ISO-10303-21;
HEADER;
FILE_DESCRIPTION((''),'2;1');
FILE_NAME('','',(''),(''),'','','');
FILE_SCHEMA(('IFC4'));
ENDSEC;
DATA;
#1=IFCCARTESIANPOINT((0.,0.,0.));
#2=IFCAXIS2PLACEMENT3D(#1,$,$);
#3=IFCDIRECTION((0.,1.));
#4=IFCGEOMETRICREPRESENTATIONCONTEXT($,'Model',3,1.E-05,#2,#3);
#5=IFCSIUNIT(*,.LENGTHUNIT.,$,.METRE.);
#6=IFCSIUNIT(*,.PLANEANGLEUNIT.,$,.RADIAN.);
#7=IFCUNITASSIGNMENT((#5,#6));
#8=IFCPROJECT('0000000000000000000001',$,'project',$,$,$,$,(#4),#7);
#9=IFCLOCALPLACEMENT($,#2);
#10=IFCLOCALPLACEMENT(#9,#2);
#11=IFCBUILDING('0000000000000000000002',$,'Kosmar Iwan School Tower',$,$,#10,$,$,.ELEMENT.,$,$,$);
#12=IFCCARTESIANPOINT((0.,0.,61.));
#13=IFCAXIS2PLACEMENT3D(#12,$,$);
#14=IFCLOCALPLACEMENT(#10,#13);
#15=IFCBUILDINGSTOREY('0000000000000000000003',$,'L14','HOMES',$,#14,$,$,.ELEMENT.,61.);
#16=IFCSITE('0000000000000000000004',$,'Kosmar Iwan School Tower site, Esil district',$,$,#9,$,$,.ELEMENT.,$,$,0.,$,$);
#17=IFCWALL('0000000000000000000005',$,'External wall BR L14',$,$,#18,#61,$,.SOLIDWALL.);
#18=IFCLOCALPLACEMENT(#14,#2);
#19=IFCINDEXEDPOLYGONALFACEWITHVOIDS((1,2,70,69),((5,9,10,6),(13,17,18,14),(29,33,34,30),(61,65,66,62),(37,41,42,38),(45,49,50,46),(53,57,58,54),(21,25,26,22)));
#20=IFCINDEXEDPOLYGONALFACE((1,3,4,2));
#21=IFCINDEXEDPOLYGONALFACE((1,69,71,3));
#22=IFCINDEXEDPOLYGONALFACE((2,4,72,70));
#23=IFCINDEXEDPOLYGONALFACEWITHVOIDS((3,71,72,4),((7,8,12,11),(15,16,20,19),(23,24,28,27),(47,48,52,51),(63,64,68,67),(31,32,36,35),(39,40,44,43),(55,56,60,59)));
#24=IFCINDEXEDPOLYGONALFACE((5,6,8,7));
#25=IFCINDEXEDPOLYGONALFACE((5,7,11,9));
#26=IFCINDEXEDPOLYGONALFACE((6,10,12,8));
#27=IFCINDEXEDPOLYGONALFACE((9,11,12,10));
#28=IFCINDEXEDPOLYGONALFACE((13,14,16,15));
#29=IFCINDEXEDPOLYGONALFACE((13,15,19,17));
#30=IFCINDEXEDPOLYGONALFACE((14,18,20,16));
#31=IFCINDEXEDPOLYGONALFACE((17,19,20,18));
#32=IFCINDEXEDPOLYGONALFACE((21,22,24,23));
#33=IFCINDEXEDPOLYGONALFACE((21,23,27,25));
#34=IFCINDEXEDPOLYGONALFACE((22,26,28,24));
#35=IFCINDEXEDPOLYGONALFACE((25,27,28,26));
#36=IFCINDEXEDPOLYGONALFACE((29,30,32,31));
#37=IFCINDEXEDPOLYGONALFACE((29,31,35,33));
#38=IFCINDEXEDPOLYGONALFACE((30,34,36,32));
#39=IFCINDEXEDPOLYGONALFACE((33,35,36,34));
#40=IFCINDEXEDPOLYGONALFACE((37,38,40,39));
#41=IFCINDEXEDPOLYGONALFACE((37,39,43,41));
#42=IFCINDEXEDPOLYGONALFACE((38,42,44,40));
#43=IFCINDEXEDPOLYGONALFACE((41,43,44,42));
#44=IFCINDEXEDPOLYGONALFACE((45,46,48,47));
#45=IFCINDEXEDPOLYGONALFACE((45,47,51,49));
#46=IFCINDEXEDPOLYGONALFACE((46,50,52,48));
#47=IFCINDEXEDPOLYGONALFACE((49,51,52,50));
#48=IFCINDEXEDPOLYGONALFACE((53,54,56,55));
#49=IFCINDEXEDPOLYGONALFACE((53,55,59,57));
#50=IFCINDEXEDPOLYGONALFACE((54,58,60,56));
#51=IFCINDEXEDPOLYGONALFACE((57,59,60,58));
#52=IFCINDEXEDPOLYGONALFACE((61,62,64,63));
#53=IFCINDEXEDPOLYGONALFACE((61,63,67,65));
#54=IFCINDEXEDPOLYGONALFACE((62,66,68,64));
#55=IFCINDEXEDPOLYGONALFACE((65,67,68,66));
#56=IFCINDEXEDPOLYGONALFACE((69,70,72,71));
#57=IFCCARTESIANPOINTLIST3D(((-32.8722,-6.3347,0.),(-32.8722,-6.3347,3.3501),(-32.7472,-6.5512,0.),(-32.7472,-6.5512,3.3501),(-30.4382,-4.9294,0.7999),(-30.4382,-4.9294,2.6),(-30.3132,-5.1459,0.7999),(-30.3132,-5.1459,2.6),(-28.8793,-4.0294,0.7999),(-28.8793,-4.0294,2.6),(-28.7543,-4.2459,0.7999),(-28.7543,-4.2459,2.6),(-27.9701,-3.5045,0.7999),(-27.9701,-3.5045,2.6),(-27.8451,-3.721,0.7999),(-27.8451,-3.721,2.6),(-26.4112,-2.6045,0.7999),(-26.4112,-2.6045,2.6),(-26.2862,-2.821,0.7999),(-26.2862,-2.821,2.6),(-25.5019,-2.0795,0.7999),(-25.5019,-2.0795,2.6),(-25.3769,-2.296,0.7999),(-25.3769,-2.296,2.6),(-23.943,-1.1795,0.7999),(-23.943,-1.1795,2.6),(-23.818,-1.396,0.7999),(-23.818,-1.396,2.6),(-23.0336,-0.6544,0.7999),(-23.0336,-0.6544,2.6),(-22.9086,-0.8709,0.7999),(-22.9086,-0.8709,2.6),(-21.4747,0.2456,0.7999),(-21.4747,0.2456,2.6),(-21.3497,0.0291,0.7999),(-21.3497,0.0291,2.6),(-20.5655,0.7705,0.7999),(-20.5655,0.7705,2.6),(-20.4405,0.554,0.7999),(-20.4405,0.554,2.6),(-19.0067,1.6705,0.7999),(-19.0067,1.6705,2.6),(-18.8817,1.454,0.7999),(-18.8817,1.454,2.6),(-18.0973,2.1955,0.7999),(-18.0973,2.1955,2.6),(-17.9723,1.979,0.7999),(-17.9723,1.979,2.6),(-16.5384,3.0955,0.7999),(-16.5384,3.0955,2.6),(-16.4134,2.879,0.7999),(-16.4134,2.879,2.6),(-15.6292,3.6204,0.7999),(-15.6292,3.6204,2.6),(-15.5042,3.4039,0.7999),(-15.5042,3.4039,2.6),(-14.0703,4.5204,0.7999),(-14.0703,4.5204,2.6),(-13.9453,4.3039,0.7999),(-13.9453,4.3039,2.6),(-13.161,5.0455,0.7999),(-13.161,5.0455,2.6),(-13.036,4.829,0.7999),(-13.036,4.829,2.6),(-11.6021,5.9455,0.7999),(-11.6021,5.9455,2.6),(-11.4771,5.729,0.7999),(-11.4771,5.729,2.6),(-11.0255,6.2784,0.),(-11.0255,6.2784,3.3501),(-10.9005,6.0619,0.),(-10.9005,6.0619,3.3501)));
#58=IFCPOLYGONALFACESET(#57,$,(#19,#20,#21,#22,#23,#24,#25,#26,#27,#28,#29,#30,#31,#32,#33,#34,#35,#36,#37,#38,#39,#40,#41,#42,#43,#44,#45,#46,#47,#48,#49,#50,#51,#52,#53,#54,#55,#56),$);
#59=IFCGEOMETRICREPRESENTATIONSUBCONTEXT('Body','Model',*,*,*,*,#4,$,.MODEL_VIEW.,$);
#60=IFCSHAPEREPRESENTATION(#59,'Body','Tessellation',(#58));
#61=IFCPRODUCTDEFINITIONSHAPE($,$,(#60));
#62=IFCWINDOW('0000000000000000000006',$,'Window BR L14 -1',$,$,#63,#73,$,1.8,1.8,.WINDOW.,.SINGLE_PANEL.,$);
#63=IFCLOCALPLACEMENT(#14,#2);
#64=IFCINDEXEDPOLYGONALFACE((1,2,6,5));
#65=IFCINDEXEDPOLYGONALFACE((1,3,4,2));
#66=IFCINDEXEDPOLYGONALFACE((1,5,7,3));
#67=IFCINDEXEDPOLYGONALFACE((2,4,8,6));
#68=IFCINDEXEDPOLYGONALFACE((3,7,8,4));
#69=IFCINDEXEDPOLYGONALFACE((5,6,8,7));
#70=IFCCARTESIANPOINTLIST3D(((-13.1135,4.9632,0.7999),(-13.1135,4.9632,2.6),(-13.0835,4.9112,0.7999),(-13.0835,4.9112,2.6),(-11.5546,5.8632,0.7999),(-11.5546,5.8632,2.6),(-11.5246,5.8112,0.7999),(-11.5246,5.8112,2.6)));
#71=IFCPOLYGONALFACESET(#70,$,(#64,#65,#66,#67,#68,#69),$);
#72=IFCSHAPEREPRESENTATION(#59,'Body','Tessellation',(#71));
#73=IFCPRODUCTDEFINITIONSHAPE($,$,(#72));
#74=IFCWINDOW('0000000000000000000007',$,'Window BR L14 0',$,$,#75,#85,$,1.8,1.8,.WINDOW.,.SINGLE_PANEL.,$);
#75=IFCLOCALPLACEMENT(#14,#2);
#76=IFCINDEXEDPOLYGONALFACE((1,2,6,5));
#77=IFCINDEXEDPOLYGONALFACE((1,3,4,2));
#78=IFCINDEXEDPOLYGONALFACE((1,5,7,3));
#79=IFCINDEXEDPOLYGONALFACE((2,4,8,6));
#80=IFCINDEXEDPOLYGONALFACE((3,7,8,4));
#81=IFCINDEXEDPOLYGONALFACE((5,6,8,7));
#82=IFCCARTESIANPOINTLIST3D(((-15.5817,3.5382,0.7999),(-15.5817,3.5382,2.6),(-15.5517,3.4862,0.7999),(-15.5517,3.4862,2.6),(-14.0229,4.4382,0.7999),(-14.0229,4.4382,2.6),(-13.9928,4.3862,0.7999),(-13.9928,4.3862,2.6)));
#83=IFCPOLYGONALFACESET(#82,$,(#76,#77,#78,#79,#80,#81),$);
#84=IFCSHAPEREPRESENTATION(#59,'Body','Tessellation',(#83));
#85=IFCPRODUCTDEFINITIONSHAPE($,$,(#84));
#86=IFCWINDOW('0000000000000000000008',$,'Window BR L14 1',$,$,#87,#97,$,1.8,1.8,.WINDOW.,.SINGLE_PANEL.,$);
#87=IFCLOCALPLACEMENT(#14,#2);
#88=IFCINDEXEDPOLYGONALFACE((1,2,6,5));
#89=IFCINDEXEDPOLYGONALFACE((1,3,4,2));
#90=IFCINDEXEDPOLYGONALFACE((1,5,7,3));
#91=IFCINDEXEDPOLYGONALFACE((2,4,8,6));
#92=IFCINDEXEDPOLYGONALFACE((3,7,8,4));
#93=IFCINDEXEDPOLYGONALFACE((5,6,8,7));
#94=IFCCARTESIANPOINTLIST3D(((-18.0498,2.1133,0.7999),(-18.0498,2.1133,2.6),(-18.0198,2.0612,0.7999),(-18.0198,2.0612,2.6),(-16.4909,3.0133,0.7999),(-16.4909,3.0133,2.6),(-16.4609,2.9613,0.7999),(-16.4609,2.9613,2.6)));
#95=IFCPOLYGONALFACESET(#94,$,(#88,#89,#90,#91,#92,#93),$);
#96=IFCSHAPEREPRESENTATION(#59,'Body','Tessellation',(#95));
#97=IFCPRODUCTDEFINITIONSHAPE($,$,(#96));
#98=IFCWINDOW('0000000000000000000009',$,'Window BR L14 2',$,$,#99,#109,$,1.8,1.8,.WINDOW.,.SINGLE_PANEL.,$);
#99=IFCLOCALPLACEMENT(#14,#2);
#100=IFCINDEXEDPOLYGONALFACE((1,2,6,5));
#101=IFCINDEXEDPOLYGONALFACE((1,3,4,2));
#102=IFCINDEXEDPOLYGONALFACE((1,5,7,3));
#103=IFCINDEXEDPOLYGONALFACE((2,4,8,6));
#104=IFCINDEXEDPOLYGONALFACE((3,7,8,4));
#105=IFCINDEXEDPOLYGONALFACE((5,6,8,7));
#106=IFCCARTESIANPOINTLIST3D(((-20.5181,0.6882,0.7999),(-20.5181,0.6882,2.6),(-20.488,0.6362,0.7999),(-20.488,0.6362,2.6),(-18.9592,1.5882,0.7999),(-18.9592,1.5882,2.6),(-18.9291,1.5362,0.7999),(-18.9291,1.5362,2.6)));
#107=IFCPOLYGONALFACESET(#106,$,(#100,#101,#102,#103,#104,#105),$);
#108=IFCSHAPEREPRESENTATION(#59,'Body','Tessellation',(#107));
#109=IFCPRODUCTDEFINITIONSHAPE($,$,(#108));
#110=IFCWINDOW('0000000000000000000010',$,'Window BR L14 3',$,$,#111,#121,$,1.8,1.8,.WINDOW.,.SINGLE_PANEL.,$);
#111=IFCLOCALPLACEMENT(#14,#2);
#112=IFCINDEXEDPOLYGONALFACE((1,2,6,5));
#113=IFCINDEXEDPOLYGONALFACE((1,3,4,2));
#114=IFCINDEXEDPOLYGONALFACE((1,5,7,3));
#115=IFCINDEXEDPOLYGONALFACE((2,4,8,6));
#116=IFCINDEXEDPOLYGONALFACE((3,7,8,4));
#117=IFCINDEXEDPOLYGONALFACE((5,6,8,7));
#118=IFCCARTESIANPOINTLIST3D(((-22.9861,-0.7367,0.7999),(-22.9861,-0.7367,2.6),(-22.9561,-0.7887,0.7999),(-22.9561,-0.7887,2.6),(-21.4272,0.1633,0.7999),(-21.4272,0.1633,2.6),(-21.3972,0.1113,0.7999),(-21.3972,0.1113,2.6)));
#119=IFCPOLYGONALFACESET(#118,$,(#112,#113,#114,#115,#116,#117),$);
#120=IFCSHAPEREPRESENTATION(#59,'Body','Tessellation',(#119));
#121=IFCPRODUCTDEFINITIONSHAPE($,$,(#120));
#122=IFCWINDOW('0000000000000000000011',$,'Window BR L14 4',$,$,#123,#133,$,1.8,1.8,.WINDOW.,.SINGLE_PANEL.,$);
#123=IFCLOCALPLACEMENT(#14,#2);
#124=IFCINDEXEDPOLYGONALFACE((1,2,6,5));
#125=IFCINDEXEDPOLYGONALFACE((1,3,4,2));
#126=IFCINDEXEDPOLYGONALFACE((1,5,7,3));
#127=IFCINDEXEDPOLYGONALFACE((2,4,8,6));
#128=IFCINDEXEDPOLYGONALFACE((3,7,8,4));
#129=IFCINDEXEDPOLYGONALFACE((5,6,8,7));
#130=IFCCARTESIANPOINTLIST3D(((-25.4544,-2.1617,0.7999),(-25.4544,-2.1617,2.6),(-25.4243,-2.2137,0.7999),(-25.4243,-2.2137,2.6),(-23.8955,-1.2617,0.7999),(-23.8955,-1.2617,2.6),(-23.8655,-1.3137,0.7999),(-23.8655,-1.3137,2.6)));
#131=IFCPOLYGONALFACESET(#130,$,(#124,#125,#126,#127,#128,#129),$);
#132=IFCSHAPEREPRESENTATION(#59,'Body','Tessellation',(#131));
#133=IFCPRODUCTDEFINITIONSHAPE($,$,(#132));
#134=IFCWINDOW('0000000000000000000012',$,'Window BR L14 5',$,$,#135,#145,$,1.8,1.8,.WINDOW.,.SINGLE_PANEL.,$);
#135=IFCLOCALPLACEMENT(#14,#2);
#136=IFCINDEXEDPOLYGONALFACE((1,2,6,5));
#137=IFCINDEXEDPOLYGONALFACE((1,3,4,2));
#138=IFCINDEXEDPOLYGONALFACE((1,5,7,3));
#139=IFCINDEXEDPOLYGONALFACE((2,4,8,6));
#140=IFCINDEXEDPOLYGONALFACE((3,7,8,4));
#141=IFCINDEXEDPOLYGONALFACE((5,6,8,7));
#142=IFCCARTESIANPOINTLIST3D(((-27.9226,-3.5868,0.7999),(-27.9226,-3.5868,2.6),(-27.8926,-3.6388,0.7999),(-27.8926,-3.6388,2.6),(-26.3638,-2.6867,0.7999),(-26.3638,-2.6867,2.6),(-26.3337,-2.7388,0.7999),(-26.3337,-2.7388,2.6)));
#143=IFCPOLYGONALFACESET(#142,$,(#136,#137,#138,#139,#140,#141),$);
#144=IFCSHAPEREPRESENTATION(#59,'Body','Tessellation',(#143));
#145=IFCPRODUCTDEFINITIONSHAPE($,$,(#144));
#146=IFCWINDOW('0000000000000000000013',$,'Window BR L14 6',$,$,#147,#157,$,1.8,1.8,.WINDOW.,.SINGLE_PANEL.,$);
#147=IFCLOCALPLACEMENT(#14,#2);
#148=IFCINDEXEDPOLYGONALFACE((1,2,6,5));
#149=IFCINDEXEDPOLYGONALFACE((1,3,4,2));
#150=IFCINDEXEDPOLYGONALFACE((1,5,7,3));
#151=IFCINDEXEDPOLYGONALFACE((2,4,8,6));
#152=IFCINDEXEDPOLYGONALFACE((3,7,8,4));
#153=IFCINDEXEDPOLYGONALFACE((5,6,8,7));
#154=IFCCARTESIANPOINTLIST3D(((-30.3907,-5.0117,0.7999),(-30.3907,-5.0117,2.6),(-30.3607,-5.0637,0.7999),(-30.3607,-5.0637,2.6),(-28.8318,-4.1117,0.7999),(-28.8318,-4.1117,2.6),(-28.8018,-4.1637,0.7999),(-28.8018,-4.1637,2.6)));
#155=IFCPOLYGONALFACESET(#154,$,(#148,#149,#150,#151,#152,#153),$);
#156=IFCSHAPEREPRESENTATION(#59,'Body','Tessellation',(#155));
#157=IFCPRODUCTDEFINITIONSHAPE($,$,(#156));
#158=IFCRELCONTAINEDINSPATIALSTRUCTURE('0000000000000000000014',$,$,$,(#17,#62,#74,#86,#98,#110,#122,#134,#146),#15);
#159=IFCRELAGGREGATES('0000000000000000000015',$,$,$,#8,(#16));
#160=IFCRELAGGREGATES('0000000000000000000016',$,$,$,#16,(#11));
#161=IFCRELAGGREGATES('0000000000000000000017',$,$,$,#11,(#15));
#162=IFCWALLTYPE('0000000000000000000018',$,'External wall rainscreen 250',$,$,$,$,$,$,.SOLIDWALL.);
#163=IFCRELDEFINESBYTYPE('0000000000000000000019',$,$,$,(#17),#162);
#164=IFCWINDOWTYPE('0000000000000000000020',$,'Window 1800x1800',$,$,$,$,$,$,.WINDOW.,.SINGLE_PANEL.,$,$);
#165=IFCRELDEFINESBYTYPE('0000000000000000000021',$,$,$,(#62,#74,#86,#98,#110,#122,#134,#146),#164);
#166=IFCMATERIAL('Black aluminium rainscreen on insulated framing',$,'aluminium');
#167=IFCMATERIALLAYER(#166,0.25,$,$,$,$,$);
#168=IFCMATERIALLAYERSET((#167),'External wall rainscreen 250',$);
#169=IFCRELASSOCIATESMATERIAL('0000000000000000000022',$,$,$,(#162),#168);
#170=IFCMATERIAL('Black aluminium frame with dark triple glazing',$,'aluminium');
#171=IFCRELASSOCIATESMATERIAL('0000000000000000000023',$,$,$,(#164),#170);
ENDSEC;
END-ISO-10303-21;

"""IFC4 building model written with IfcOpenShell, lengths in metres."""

from ifc_helpers import new_model, si_unit, direction, frame, frame_2d, origin, place, context, subcontext, project, spatial, rectangle, extrude, material, layer, layer_set, type_object, element, fill, save


model = new_model("IFC4")

# Units and contexts
model_context = context("Model", 3, precision=1e-05, world=origin(), true_north=direction((0.0, 1.0)))
body_context = subcontext(model_context, "Body", "Model", "MODEL_VIEW")
ifc_project = project(units=[si_unit("LENGTHUNIT", "METRE"), si_unit("PLANEANGLEUNIT", "RADIAN")], contexts=[model_context])

# Site, building, storey
site_placement = place(None, origin())
site = spatial("IfcSite", under=ifc_project, at=site_placement, Name="Kosmar Iwan School Tower site, Esil district", CompositionType="ELEMENT", RefElevation=0.0)
building_placement = place(site_placement, origin())
building = spatial("IfcBuilding", under=site, at=building_placement, Name="Kosmar Iwan School Tower", CompositionType="ELEMENT")
storey_placement = place(building_placement, frame((0.0, 0.0, 61.0)))
storey = spatial("IfcBuildingStorey", under=building, at=storey_placement, Name="L14", Description="HOMES", CompositionType="ELEMENT", Elevation=61.0)

# Wall, openings, windows
ifc_material_1 = material(Name="Black aluminium rainscreen on insulated framing", Category="aluminium")
ifc_layer = layer(ifc_material_1, 0.25)
ifc_layer_set = layer_set([ifc_layer], Name="External wall rainscreen 250")
wall_type = type_object("IfcWallType", Name="External wall rainscreen 250", PredefinedType="SOLIDWALL", material=ifc_layer_set)
ifc_material_2 = material(Name="Black aluminium frame with dark triple glazing", Category="aluminium")
window_type = type_object("IfcWindowType", Name="Window 1800x1800", PartitioningType="SINGLE_PANEL", PredefinedType="WINDOW", material=ifc_material_2)
wall_1_placement = place(storey_placement, frame((-10.9629, 6.1702, 0.0), z_axis=(0.0, 0.0, 1.0), x_axis=(-0.866028, -0.499996, 0.0)))
wall_1 = element("IfcWall", 1, at=wall_1_placement, inside=storey, type_object=wall_type, Name="External wall BR L14", PredefinedType="SOLIDWALL", context=body_context, shape_type="SweptSolid", body=[
    extrude(rectangle(XDim=25.2263, YDim=0.25, at=frame_2d((12.6133, 0.0))), origin(), (0.0, 0.0, 1.0), 3.3501),
])
opening_1_placement = place(wall_1_placement, frame((0.666, 0.0, 0.8)))
opening_1 = element("IfcOpeningElement", 2, at=opening_1_placement, cuts=wall_1, PredefinedType="OPENING", context=body_context, shape_type="SweptSolid", body=[
    extrude(rectangle(XDim=1.8, YDim=1.8, at=frame_2d((0.8999, 0.8999))), frame((0.0, 0.137, 0.0), z_axis=(0.0, -1.0, 0.0), x_axis=(1.0, 0.0, 0.0)), (0.0, 0.0, 1.0), 0.2739),
])
opening_2_placement = place(wall_1_placement, frame((3.5161, 0.0, 0.8)))
opening_2 = element("IfcOpeningElement", 3, at=opening_2_placement, cuts=wall_1, PredefinedType="OPENING", context=body_context, shape_type="SweptSolid", body=[
    extrude(rectangle(XDim=1.8, YDim=1.8, at=frame_2d((0.8999, 0.8999))), frame((0.0, 0.137, 0.0), z_axis=(0.0, -1.0, 0.0), x_axis=(1.0, 0.0, 0.0)), (0.0, 0.0, 1.0), 0.2739),
])
opening_3_placement = place(wall_1_placement, frame((6.366, 0.0, 0.8)))
opening_3 = element("IfcOpeningElement", 4, at=opening_3_placement, cuts=wall_1, PredefinedType="OPENING", context=body_context, shape_type="SweptSolid", body=[
    extrude(rectangle(XDim=1.8, YDim=1.8, at=frame_2d((0.8999, 0.8999))), frame((0.0, 0.137, 0.0), z_axis=(0.0, -1.0, 0.0), x_axis=(1.0, 0.0, 0.0)), (0.0, 0.0, 1.0), 0.2739),
])
opening_4_placement = place(wall_1_placement, frame((9.2161, 0.0, 0.8)))
opening_4 = element("IfcOpeningElement", 5, at=opening_4_placement, cuts=wall_1, PredefinedType="OPENING", context=body_context, shape_type="SweptSolid", body=[
    extrude(rectangle(XDim=1.8, YDim=1.8, at=frame_2d((0.8999, 0.8999))), frame((0.0, 0.137, 0.0), z_axis=(0.0, -1.0, 0.0), x_axis=(1.0, 0.0, 0.0)), (0.0, 0.0, 1.0), 0.2739),
])
opening_5_placement = place(wall_1_placement, frame((12.0659, 0.0, 0.8)))
opening_5 = element("IfcOpeningElement", 6, at=opening_5_placement, cuts=wall_1, PredefinedType="OPENING", context=body_context, shape_type="SweptSolid", body=[
    extrude(rectangle(XDim=1.8, YDim=1.8, at=frame_2d((0.8999, 0.8999))), frame((0.0, 0.137, 0.0), z_axis=(0.0, -1.0, 0.0), x_axis=(1.0, 0.0, 0.0)), (0.0, 0.0, 1.0), 0.2739),
])
opening_6_placement = place(wall_1_placement, frame((14.916, 0.0, 0.8)))
opening_6 = element("IfcOpeningElement", 7, at=opening_6_placement, cuts=wall_1, PredefinedType="OPENING", context=body_context, shape_type="SweptSolid", body=[
    extrude(rectangle(XDim=1.8, YDim=1.8, at=frame_2d((0.8999, 0.8999))), frame((0.0, 0.137, 0.0), z_axis=(0.0, -1.0, 0.0), x_axis=(1.0, 0.0, 0.0)), (0.0, 0.0, 1.0), 0.2739),
])
opening_7_placement = place(wall_1_placement, frame((17.7661, 0.0, 0.8)))
opening_7 = element("IfcOpeningElement", 8, at=opening_7_placement, cuts=wall_1, PredefinedType="OPENING", context=body_context, shape_type="SweptSolid", body=[
    extrude(rectangle(XDim=1.8, YDim=1.8, at=frame_2d((0.8999, 0.8999))), frame((0.0, 0.137, 0.0), z_axis=(0.0, -1.0, 0.0), x_axis=(1.0, 0.0, 0.0)), (0.0, 0.0, 1.0), 0.2739),
])
opening_8_placement = place(wall_1_placement, frame((20.616, 0.0, 0.8)))
opening_8 = element("IfcOpeningElement", 9, at=opening_8_placement, cuts=wall_1, PredefinedType="OPENING", context=body_context, shape_type="SweptSolid", body=[
    extrude(rectangle(XDim=1.8, YDim=1.8, at=frame_2d((0.8999, 0.8999))), frame((0.0, 0.137, 0.0), z_axis=(0.0, -1.0, 0.0), x_axis=(1.0, 0.0, 0.0)), (0.0, 0.0, 1.0), 0.2739),
])
window_1_placement = place(opening_1_placement, origin())
window_1 = element("IfcWindow", 10, at=window_1_placement, inside=storey, type_object=window_type, Name="Window BR L14 -1", OverallHeight=1.8, OverallWidth=1.8, PartitioningType="SINGLE_PANEL", PredefinedType="WINDOW", context=body_context, shape_type="SweptSolid", body=[
    extrude(rectangle(XDim=1.8, YDim=1.8, at=frame_2d((0.8999, 0.8999))), frame((0.0, 0.03, 0.0), z_axis=(0.0, -1.0, 0.0), x_axis=(1.0, 0.0, 0.0)), (0.0, 0.0, 1.0), 0.0601),
])
fill(opening_1, window_1)
window_2_placement = place(opening_2_placement, origin())
window_2 = element("IfcWindow", 11, at=window_2_placement, inside=storey, type_object=window_type, Name="Window BR L14 0", OverallHeight=1.8, OverallWidth=1.8, PartitioningType="SINGLE_PANEL", PredefinedType="WINDOW", context=body_context, shape_type="SweptSolid", body=[
    extrude(rectangle(XDim=1.8, YDim=1.8, at=frame_2d((0.8999, 0.8999))), frame((0.0, 0.03, 0.0), z_axis=(0.0, -1.0, 0.0), x_axis=(1.0, 0.0, 0.0)), (0.0, 0.0, 1.0), 0.0601),
])
fill(opening_2, window_2)
window_3_placement = place(opening_3_placement, origin())
window_3 = element("IfcWindow", 12, at=window_3_placement, inside=storey, type_object=window_type, Name="Window BR L14 1", OverallHeight=1.8, OverallWidth=1.8, PartitioningType="SINGLE_PANEL", PredefinedType="WINDOW", context=body_context, shape_type="SweptSolid", body=[
    extrude(rectangle(XDim=1.8, YDim=1.8, at=frame_2d((0.8999, 0.8999))), frame((0.0, 0.03, 0.0), z_axis=(0.0, -1.0, 0.0), x_axis=(1.0, 0.0, 0.0)), (0.0, 0.0, 1.0), 0.0601),
])
fill(opening_3, window_3)
window_4_placement = place(opening_4_placement, origin())
window_4 = element("IfcWindow", 13, at=window_4_placement, inside=storey, type_object=window_type, Name="Window BR L14 2", OverallHeight=1.8, OverallWidth=1.8, PartitioningType="SINGLE_PANEL", PredefinedType="WINDOW", context=body_context, shape_type="SweptSolid", body=[
    extrude(rectangle(XDim=1.8, YDim=1.8, at=frame_2d((0.8999, 0.8999))), frame((0.0, 0.03, 0.0), z_axis=(0.0, -1.0, 0.0), x_axis=(1.0, 0.0, 0.0)), (0.0, 0.0, 1.0), 0.0601),
])
fill(opening_4, window_4)
window_5_placement = place(opening_5_placement, origin())
window_5 = element("IfcWindow", 14, at=window_5_placement, inside=storey, type_object=window_type, Name="Window BR L14 3", OverallHeight=1.8, OverallWidth=1.8, PartitioningType="SINGLE_PANEL", PredefinedType="WINDOW", context=body_context, shape_type="SweptSolid", body=[
    extrude(rectangle(XDim=1.8, YDim=1.8, at=frame_2d((0.8999, 0.8999))), frame((0.0, 0.03, 0.0), z_axis=(0.0, -1.0, 0.0), x_axis=(1.0, 0.0, 0.0)), (0.0, 0.0, 1.0), 0.0601),
])
fill(opening_5, window_5)
window_6_placement = place(opening_6_placement, origin())
window_6 = element("IfcWindow", 15, at=window_6_placement, inside=storey, type_object=window_type, Name="Window BR L14 4", OverallHeight=1.8, OverallWidth=1.8, PartitioningType="SINGLE_PANEL", PredefinedType="WINDOW", context=body_context, shape_type="SweptSolid", body=[
    extrude(rectangle(XDim=1.8, YDim=1.8, at=frame_2d((0.8999, 0.8999))), frame((0.0, 0.03, 0.0), z_axis=(0.0, -1.0, 0.0), x_axis=(1.0, 0.0, 0.0)), (0.0, 0.0, 1.0), 0.0601),
])
fill(opening_6, window_6)
window_7_placement = place(opening_7_placement, origin())
window_7 = element("IfcWindow", 16, at=window_7_placement, inside=storey, type_object=window_type, Name="Window BR L14 5", OverallHeight=1.8, OverallWidth=1.8, PartitioningType="SINGLE_PANEL", PredefinedType="WINDOW", context=body_context, shape_type="SweptSolid", body=[
    extrude(rectangle(XDim=1.8, YDim=1.8, at=frame_2d((0.8999, 0.8999))), frame((0.0, 0.03, 0.0), z_axis=(0.0, -1.0, 0.0), x_axis=(1.0, 0.0, 0.0)), (0.0, 0.0, 1.0), 0.0601),
])
fill(opening_7, window_7)
window_8_placement = place(opening_8_placement, origin())
window_8 = element("IfcWindow", 17, at=window_8_placement, inside=storey, type_object=window_type, Name="Window BR L14 6", OverallHeight=1.8, OverallWidth=1.8, PartitioningType="SINGLE_PANEL", PredefinedType="WINDOW", context=body_context, shape_type="SweptSolid", body=[
    extrude(rectangle(XDim=1.8, YDim=1.8, at=frame_2d((0.8999, 0.8999))), frame((0.0, 0.03, 0.0), z_axis=(0.0, -1.0, 0.0), x_axis=(1.0, 0.0, 0.0)), (0.0, 0.0, 1.0), 0.0601),
])
fill(opening_8, window_8)

save(model, "model.ifc")
